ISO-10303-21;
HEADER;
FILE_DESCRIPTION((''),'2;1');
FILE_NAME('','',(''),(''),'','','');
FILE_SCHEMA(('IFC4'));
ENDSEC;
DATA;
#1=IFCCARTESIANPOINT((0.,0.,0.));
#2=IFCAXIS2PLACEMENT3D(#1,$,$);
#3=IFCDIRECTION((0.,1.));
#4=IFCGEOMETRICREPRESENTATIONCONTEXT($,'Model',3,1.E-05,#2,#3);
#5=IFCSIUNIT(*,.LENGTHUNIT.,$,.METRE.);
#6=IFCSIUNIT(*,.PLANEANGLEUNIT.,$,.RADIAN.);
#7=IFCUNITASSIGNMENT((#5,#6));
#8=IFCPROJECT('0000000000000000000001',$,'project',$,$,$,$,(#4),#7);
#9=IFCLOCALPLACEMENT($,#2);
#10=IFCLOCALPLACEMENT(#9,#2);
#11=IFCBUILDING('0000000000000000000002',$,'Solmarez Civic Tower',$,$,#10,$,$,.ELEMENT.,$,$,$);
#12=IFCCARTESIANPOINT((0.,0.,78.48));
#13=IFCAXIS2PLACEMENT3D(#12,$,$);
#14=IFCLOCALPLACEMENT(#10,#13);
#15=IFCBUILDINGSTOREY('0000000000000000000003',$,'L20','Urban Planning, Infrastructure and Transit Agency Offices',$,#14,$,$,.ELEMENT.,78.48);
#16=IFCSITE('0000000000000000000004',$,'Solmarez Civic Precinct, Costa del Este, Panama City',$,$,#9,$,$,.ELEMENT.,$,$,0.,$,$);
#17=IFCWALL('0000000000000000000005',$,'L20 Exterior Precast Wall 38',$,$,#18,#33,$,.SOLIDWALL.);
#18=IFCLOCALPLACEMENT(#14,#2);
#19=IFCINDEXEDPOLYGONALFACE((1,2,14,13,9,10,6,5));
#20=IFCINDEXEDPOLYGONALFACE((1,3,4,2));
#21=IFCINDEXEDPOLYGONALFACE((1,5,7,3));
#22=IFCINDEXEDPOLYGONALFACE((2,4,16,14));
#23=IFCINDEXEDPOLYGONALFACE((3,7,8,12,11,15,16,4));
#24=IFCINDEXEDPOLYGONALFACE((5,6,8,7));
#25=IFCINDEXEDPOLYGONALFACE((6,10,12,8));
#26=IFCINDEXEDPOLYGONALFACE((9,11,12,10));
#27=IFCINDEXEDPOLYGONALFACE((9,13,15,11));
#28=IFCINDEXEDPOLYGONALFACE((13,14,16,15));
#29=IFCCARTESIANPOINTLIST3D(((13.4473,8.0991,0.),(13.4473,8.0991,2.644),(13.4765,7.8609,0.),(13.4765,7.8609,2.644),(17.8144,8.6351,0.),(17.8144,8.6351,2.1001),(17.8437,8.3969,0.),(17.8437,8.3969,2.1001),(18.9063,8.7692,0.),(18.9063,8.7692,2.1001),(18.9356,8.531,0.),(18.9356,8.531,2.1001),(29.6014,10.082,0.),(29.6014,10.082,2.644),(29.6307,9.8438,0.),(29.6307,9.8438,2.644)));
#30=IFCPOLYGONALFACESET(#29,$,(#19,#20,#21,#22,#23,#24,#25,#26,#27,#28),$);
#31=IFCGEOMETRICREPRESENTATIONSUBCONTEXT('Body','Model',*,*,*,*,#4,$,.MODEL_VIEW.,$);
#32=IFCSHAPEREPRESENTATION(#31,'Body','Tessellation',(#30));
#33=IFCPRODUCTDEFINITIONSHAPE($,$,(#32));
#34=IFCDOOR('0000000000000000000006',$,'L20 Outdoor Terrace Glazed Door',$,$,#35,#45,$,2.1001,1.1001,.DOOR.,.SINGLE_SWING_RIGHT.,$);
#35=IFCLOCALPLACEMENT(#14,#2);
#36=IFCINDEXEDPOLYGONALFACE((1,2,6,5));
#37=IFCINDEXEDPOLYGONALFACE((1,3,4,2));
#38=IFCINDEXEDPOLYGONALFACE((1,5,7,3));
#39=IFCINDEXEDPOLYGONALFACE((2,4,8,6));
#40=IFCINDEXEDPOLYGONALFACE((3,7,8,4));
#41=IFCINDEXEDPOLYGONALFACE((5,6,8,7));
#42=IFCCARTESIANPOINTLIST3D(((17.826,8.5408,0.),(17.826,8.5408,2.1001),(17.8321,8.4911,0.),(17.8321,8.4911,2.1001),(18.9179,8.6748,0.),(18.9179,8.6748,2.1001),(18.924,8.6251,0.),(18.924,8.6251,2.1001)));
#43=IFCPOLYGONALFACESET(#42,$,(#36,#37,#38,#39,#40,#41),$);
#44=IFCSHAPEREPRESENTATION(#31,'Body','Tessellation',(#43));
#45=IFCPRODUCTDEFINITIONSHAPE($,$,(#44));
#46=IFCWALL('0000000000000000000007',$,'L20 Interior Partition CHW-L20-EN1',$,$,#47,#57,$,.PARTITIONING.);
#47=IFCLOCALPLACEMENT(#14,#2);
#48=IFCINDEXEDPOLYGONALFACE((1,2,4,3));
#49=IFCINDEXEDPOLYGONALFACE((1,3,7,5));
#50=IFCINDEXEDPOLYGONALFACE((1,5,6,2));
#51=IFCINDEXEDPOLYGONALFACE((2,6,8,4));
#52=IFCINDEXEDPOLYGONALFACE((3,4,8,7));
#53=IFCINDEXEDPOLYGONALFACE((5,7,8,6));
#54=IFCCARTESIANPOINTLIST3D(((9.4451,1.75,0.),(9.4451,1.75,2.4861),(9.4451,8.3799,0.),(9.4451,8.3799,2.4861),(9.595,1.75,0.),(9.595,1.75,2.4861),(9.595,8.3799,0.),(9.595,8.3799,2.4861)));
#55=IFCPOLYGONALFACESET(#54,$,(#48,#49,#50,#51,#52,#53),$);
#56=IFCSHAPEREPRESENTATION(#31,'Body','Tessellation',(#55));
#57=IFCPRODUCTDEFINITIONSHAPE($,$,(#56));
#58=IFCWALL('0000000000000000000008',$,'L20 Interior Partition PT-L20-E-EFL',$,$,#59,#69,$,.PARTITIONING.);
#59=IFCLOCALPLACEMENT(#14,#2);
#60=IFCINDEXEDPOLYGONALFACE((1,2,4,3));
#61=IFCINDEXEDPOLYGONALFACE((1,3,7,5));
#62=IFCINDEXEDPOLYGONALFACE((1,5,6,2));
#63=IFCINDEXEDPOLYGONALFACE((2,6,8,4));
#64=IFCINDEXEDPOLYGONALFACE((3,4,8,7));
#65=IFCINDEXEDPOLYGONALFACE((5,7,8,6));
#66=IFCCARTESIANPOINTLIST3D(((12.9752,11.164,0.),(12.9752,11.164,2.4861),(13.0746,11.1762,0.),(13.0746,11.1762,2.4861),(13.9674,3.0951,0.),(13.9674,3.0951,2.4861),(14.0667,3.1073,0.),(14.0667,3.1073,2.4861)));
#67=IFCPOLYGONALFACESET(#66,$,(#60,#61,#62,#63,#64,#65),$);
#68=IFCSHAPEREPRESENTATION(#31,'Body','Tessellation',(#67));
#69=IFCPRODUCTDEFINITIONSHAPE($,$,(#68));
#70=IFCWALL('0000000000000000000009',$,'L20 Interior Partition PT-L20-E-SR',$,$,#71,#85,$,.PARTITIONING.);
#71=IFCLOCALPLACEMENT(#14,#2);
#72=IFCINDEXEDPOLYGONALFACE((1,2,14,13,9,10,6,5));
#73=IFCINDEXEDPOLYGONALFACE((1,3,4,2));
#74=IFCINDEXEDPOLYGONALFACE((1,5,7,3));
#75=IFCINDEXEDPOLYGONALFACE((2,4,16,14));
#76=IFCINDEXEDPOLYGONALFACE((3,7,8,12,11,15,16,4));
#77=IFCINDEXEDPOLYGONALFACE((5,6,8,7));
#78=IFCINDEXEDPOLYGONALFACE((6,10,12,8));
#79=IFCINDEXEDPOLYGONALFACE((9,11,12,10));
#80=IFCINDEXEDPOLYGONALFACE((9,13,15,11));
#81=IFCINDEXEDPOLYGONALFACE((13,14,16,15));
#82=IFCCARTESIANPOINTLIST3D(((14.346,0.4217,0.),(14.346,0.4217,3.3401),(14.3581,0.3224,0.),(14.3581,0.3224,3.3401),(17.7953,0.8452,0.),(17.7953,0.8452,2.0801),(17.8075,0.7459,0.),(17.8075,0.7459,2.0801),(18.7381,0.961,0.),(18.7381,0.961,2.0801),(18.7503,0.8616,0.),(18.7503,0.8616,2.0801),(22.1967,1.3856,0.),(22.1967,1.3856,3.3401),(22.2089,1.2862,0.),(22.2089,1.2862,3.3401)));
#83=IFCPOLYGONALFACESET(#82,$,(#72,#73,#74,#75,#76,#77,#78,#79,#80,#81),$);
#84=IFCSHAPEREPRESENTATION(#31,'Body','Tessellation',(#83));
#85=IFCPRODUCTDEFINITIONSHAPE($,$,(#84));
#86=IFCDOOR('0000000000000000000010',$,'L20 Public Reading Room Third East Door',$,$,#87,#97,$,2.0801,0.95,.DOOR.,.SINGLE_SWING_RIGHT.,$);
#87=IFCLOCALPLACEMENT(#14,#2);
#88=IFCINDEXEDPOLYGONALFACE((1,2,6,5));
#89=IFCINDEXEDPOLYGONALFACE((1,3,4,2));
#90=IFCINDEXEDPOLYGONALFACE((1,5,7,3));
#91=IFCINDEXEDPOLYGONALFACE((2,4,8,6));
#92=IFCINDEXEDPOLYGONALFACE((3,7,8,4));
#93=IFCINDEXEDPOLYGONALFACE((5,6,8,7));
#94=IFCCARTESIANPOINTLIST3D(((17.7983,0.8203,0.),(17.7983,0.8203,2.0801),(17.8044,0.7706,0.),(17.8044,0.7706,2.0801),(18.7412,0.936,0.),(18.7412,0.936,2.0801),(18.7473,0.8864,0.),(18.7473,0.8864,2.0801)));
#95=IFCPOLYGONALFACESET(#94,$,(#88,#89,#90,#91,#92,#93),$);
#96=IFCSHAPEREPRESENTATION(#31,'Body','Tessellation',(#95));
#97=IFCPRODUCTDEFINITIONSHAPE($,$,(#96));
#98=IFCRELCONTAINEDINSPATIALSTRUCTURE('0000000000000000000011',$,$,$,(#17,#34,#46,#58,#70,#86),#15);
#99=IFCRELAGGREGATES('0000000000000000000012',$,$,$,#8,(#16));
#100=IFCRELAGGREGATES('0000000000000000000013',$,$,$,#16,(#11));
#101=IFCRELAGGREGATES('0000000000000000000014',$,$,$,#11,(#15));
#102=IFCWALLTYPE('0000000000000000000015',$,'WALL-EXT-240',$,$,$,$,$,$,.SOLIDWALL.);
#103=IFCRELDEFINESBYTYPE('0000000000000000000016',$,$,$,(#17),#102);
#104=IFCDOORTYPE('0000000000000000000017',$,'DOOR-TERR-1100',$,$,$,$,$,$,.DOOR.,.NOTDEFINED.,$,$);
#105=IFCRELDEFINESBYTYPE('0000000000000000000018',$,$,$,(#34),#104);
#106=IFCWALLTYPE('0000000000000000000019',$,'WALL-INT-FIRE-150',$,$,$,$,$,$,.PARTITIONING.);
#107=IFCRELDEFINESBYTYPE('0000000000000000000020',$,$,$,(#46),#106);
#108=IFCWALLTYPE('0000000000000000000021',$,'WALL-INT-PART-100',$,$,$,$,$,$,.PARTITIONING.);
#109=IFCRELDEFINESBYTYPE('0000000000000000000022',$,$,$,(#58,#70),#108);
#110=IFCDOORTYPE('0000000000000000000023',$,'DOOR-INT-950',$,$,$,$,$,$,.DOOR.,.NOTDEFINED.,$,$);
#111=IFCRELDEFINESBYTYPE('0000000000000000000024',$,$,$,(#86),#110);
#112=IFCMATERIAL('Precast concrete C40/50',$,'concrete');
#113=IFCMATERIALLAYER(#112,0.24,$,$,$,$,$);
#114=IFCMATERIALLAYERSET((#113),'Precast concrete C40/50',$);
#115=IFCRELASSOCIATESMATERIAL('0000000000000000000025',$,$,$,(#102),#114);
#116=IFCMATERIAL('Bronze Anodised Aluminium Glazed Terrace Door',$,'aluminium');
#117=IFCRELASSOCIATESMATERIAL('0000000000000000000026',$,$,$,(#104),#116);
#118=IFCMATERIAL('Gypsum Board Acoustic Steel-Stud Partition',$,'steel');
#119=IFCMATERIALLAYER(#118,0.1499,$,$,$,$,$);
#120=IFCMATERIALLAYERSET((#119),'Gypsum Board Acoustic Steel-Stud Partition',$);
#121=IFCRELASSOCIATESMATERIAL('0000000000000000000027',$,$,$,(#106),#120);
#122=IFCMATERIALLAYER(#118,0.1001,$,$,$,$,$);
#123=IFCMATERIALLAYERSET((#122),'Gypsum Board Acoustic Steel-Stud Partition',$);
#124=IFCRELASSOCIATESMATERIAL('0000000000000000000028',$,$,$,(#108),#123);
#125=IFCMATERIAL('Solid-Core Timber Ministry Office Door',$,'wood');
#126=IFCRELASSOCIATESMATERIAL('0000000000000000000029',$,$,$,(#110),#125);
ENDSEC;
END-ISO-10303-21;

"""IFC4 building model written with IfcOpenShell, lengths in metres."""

from ifc_helpers import new_model, si_unit, direction, frame, frame_2d, origin, place, context, subcontext, project, spatial, rectangle, extrude, material, layer, layer_set, type_object, element, fill, save


model = new_model("IFC4")

# Units and contexts
model_context = context("Model", 3, precision=1e-05, world=origin(), true_north=direction((0.0, 1.0)))
body_context = subcontext(model_context, "Body", "Model", "MODEL_VIEW")
ifc_project = project(units=[si_unit("LENGTHUNIT", "METRE"), si_unit("PLANEANGLEUNIT", "RADIAN")], contexts=[model_context])

# Site, building, storey
site_placement = place(None, origin())
site = spatial("IfcSite", under=ifc_project, at=site_placement, Name="Solmarez Civic Precinct, Costa del Este, Panama City", CompositionType="ELEMENT", RefElevation=0.0)
building_placement = place(site_placement, origin())
building = spatial("IfcBuilding", under=site, at=building_placement, Name="Solmarez Civic Tower", CompositionType="ELEMENT")
storey_placement = place(building_placement, frame((0.0, 0.0, 78.48)))
storey = spatial("IfcBuildingStorey", under=building, at=storey_placement, Name="L20", Description="Urban Planning, Infrastructure and Transit Agency Offices", CompositionType="ELEMENT", Elevation=78.48)

# Shared definitions
ifc_material_1 = material(Name="Precast concrete C40/50", Category="concrete")
ifc_layer_1 = layer(ifc_material_1, 0.24)
ifc_layer_set_1 = layer_set([ifc_layer_1], Name="Precast concrete C40/50")
wall_type_1 = type_object("IfcWallType", Name="WALL-EXT-240", PredefinedType="SOLIDWALL", material=ifc_layer_set_1)

# Wall, opening, door
wall_1_placement = place(storey_placement, frame((13.4619, 7.98, 0.0), z_axis=(0.0, 0.0, 1.0), x_axis=(0.99255, 0.121836, 0.0)))
wall_1 = element("IfcWall", 1, at=wall_1_placement, inside=storey, type_object=wall_type_1, Name="L20 Exterior Precast Wall 38", PredefinedType="SOLIDWALL", context=body_context, shape_type="SweptSolid", body=[
    extrude(rectangle(XDim=16.2754, YDim=0.24, at=frame_2d((8.1377, 0.0))), origin(), (0.0, 0.0, 1.0), 2.644),
])
opening_1_placement = place(wall_1_placement, frame((4.3999, 0.0, 0.0)))
opening_1 = element("IfcOpeningElement", 2, at=opening_1_placement, cuts=wall_1, PredefinedType="OPENING", context=body_context, shape_type="SweptSolid", body=[
    extrude(rectangle(XDim=1.1001, YDim=2.1001, at=frame_2d((0.55, 1.05))), frame((0.0, 0.1299, 0.0), z_axis=(0.0, -1.0, 0.0), x_axis=(1.0, 0.0, 0.0)), (0.0, 0.0, 1.0), 0.26),
])
ifc_material_2 = material(Name="Bronze Anodised Aluminium Glazed Terrace Door", Category="aluminium")
door_type_1 = type_object("IfcDoorType", Name="DOOR-TERR-1100", OperationType="NOTDEFINED", PredefinedType="DOOR", material=ifc_material_2)
door_1_placement = place(opening_1_placement, origin())
door_1 = element("IfcDoor", 3, at=door_1_placement, inside=storey, type_object=door_type_1, Name="L20 Outdoor Terrace Glazed Door", OperationType="SINGLE_SWING_RIGHT", OverallHeight=2.1001, OverallWidth=1.1001, PredefinedType="DOOR", context=body_context, shape_type="SweptSolid", body=[
    extrude(rectangle(XDim=1.1001, YDim=2.1001, at=frame_2d((0.55, 1.05))), frame((0.0, 0.0249, 0.0), z_axis=(0.0, -1.0, 0.0), x_axis=(1.0, 0.0, 0.0)), (0.0, 0.0, 1.0), 0.05),
])
fill(opening_1, door_1)

# Walls
ifc_material_3 = material(Name="Gypsum Board Acoustic Steel-Stud Partition", Category="steel")
ifc_layer_2 = layer(ifc_material_3, 0.1499)
ifc_layer_set_2 = layer_set([ifc_layer_2], Name="Gypsum Board Acoustic Steel-Stud Partition")
wall_type_2 = type_object("IfcWallType", Name="WALL-INT-FIRE-150", PredefinedType="PARTITIONING", material=ifc_layer_set_2)
wall_2_placement = place(storey_placement, frame((9.52, 1.75, 0.0), z_axis=(0.0, 0.0, 1.0), x_axis=(0.0, 1.0, 0.0)))
element("IfcWall", 4, at=wall_2_placement, inside=storey, type_object=wall_type_2, Name="L20 Interior Partition CHW-L20-EN1", PredefinedType="PARTITIONING", context=body_context, shape_type="SweptSolid", body=[
    extrude(rectangle(XDim=6.6299, YDim=0.1499, at=frame_2d((3.3149, 0.0))), origin(), (0.0, 0.0, 1.0), 2.4861),
])
ifc_layer_3 = layer(ifc_material_3, 0.1001)
ifc_layer_set_3 = layer_set([ifc_layer_3], Name="Gypsum Board Acoustic Steel-Stud Partition")
wall_type_3 = type_object("IfcWallType", Name="WALL-INT-PART-100", PredefinedType="PARTITIONING", material=ifc_layer_set_3)
wall_3_placement = place(storey_placement, frame((14.0171, 3.1011, 0.0), z_axis=(0.0, 0.0, 1.0), x_axis=(-0.122046, 0.992524, 0.0)))
element("IfcWall", 5, at=wall_3_placement, inside=storey, type_object=wall_type_3, Name="L20 Interior Partition PT-L20-E-EFL", PredefinedType="PARTITIONING", context=body_context, shape_type="SweptSolid", body=[
    extrude(rectangle(XDim=8.1296, YDim=0.1001, at=frame_2d((4.0649, 0.0))), origin(), (0.0, 0.0, 1.0), 2.4861),
])

# Wall, opening, door
wall_4_placement = place(storey_placement, frame((14.3521, 0.3721, 0.0), z_axis=(0.0, 0.0, 1.0), x_axis=(0.992548, 0.121858, 0.0)))
wall_4 = element("IfcWall", 6, at=wall_4_placement, inside=storey, type_object=wall_type_3, Name="L20 Interior Partition PT-L20-E-SR", PredefinedType="PARTITIONING", context=body_context, shape_type="SweptSolid", body=[
    extrude(rectangle(XDim=7.9097, YDim=0.1001, at=frame_2d((3.9548, 0.0))), origin(), (0.0, 0.0, 1.0), 3.3401),
])
opening_2_placement = place(wall_4_placement, frame((3.4751, 0.0, 0.0)))
opening_2 = element("IfcOpeningElement", 7, at=opening_2_placement, cuts=wall_4, PredefinedType="OPENING", context=body_context, shape_type="SweptSolid", body=[
    extrude(rectangle(XDim=0.95, YDim=2.0801, at=frame_2d((0.4751, 1.04))), frame((0.0, 0.0601, 0.0), z_axis=(0.0, -1.0, 0.0), x_axis=(1.0, 0.0, 0.0)), (0.0, 0.0, 1.0), 0.1201),
])
ifc_material_4 = material(Name="Solid-Core Timber Ministry Office Door", Category="wood")
door_type_2 = type_object("IfcDoorType", Name="DOOR-INT-950", OperationType="NOTDEFINED", PredefinedType="DOOR", material=ifc_material_4)
door_2_placement = place(opening_2_placement, origin())
door_2 = element("IfcDoor", 8, at=door_2_placement, inside=storey, type_object=door_type_2, Name="L20 Public Reading Room Third East Door", OperationType="SINGLE_SWING_RIGHT", OverallHeight=2.0801, OverallWidth=0.95, PredefinedType="DOOR", context=body_context, shape_type="SweptSolid", body=[
    extrude(rectangle(XDim=0.95, YDim=2.0801, at=frame_2d((0.4751, 1.04))), frame((0.0, 0.0249, 0.0), z_axis=(0.0, -1.0, 0.0), x_axis=(1.0, 0.0, 0.0)), (0.0, 0.0, 1.0), 0.05),
])
fill(opening_2, door_2)

save(model, "model.ifc")
